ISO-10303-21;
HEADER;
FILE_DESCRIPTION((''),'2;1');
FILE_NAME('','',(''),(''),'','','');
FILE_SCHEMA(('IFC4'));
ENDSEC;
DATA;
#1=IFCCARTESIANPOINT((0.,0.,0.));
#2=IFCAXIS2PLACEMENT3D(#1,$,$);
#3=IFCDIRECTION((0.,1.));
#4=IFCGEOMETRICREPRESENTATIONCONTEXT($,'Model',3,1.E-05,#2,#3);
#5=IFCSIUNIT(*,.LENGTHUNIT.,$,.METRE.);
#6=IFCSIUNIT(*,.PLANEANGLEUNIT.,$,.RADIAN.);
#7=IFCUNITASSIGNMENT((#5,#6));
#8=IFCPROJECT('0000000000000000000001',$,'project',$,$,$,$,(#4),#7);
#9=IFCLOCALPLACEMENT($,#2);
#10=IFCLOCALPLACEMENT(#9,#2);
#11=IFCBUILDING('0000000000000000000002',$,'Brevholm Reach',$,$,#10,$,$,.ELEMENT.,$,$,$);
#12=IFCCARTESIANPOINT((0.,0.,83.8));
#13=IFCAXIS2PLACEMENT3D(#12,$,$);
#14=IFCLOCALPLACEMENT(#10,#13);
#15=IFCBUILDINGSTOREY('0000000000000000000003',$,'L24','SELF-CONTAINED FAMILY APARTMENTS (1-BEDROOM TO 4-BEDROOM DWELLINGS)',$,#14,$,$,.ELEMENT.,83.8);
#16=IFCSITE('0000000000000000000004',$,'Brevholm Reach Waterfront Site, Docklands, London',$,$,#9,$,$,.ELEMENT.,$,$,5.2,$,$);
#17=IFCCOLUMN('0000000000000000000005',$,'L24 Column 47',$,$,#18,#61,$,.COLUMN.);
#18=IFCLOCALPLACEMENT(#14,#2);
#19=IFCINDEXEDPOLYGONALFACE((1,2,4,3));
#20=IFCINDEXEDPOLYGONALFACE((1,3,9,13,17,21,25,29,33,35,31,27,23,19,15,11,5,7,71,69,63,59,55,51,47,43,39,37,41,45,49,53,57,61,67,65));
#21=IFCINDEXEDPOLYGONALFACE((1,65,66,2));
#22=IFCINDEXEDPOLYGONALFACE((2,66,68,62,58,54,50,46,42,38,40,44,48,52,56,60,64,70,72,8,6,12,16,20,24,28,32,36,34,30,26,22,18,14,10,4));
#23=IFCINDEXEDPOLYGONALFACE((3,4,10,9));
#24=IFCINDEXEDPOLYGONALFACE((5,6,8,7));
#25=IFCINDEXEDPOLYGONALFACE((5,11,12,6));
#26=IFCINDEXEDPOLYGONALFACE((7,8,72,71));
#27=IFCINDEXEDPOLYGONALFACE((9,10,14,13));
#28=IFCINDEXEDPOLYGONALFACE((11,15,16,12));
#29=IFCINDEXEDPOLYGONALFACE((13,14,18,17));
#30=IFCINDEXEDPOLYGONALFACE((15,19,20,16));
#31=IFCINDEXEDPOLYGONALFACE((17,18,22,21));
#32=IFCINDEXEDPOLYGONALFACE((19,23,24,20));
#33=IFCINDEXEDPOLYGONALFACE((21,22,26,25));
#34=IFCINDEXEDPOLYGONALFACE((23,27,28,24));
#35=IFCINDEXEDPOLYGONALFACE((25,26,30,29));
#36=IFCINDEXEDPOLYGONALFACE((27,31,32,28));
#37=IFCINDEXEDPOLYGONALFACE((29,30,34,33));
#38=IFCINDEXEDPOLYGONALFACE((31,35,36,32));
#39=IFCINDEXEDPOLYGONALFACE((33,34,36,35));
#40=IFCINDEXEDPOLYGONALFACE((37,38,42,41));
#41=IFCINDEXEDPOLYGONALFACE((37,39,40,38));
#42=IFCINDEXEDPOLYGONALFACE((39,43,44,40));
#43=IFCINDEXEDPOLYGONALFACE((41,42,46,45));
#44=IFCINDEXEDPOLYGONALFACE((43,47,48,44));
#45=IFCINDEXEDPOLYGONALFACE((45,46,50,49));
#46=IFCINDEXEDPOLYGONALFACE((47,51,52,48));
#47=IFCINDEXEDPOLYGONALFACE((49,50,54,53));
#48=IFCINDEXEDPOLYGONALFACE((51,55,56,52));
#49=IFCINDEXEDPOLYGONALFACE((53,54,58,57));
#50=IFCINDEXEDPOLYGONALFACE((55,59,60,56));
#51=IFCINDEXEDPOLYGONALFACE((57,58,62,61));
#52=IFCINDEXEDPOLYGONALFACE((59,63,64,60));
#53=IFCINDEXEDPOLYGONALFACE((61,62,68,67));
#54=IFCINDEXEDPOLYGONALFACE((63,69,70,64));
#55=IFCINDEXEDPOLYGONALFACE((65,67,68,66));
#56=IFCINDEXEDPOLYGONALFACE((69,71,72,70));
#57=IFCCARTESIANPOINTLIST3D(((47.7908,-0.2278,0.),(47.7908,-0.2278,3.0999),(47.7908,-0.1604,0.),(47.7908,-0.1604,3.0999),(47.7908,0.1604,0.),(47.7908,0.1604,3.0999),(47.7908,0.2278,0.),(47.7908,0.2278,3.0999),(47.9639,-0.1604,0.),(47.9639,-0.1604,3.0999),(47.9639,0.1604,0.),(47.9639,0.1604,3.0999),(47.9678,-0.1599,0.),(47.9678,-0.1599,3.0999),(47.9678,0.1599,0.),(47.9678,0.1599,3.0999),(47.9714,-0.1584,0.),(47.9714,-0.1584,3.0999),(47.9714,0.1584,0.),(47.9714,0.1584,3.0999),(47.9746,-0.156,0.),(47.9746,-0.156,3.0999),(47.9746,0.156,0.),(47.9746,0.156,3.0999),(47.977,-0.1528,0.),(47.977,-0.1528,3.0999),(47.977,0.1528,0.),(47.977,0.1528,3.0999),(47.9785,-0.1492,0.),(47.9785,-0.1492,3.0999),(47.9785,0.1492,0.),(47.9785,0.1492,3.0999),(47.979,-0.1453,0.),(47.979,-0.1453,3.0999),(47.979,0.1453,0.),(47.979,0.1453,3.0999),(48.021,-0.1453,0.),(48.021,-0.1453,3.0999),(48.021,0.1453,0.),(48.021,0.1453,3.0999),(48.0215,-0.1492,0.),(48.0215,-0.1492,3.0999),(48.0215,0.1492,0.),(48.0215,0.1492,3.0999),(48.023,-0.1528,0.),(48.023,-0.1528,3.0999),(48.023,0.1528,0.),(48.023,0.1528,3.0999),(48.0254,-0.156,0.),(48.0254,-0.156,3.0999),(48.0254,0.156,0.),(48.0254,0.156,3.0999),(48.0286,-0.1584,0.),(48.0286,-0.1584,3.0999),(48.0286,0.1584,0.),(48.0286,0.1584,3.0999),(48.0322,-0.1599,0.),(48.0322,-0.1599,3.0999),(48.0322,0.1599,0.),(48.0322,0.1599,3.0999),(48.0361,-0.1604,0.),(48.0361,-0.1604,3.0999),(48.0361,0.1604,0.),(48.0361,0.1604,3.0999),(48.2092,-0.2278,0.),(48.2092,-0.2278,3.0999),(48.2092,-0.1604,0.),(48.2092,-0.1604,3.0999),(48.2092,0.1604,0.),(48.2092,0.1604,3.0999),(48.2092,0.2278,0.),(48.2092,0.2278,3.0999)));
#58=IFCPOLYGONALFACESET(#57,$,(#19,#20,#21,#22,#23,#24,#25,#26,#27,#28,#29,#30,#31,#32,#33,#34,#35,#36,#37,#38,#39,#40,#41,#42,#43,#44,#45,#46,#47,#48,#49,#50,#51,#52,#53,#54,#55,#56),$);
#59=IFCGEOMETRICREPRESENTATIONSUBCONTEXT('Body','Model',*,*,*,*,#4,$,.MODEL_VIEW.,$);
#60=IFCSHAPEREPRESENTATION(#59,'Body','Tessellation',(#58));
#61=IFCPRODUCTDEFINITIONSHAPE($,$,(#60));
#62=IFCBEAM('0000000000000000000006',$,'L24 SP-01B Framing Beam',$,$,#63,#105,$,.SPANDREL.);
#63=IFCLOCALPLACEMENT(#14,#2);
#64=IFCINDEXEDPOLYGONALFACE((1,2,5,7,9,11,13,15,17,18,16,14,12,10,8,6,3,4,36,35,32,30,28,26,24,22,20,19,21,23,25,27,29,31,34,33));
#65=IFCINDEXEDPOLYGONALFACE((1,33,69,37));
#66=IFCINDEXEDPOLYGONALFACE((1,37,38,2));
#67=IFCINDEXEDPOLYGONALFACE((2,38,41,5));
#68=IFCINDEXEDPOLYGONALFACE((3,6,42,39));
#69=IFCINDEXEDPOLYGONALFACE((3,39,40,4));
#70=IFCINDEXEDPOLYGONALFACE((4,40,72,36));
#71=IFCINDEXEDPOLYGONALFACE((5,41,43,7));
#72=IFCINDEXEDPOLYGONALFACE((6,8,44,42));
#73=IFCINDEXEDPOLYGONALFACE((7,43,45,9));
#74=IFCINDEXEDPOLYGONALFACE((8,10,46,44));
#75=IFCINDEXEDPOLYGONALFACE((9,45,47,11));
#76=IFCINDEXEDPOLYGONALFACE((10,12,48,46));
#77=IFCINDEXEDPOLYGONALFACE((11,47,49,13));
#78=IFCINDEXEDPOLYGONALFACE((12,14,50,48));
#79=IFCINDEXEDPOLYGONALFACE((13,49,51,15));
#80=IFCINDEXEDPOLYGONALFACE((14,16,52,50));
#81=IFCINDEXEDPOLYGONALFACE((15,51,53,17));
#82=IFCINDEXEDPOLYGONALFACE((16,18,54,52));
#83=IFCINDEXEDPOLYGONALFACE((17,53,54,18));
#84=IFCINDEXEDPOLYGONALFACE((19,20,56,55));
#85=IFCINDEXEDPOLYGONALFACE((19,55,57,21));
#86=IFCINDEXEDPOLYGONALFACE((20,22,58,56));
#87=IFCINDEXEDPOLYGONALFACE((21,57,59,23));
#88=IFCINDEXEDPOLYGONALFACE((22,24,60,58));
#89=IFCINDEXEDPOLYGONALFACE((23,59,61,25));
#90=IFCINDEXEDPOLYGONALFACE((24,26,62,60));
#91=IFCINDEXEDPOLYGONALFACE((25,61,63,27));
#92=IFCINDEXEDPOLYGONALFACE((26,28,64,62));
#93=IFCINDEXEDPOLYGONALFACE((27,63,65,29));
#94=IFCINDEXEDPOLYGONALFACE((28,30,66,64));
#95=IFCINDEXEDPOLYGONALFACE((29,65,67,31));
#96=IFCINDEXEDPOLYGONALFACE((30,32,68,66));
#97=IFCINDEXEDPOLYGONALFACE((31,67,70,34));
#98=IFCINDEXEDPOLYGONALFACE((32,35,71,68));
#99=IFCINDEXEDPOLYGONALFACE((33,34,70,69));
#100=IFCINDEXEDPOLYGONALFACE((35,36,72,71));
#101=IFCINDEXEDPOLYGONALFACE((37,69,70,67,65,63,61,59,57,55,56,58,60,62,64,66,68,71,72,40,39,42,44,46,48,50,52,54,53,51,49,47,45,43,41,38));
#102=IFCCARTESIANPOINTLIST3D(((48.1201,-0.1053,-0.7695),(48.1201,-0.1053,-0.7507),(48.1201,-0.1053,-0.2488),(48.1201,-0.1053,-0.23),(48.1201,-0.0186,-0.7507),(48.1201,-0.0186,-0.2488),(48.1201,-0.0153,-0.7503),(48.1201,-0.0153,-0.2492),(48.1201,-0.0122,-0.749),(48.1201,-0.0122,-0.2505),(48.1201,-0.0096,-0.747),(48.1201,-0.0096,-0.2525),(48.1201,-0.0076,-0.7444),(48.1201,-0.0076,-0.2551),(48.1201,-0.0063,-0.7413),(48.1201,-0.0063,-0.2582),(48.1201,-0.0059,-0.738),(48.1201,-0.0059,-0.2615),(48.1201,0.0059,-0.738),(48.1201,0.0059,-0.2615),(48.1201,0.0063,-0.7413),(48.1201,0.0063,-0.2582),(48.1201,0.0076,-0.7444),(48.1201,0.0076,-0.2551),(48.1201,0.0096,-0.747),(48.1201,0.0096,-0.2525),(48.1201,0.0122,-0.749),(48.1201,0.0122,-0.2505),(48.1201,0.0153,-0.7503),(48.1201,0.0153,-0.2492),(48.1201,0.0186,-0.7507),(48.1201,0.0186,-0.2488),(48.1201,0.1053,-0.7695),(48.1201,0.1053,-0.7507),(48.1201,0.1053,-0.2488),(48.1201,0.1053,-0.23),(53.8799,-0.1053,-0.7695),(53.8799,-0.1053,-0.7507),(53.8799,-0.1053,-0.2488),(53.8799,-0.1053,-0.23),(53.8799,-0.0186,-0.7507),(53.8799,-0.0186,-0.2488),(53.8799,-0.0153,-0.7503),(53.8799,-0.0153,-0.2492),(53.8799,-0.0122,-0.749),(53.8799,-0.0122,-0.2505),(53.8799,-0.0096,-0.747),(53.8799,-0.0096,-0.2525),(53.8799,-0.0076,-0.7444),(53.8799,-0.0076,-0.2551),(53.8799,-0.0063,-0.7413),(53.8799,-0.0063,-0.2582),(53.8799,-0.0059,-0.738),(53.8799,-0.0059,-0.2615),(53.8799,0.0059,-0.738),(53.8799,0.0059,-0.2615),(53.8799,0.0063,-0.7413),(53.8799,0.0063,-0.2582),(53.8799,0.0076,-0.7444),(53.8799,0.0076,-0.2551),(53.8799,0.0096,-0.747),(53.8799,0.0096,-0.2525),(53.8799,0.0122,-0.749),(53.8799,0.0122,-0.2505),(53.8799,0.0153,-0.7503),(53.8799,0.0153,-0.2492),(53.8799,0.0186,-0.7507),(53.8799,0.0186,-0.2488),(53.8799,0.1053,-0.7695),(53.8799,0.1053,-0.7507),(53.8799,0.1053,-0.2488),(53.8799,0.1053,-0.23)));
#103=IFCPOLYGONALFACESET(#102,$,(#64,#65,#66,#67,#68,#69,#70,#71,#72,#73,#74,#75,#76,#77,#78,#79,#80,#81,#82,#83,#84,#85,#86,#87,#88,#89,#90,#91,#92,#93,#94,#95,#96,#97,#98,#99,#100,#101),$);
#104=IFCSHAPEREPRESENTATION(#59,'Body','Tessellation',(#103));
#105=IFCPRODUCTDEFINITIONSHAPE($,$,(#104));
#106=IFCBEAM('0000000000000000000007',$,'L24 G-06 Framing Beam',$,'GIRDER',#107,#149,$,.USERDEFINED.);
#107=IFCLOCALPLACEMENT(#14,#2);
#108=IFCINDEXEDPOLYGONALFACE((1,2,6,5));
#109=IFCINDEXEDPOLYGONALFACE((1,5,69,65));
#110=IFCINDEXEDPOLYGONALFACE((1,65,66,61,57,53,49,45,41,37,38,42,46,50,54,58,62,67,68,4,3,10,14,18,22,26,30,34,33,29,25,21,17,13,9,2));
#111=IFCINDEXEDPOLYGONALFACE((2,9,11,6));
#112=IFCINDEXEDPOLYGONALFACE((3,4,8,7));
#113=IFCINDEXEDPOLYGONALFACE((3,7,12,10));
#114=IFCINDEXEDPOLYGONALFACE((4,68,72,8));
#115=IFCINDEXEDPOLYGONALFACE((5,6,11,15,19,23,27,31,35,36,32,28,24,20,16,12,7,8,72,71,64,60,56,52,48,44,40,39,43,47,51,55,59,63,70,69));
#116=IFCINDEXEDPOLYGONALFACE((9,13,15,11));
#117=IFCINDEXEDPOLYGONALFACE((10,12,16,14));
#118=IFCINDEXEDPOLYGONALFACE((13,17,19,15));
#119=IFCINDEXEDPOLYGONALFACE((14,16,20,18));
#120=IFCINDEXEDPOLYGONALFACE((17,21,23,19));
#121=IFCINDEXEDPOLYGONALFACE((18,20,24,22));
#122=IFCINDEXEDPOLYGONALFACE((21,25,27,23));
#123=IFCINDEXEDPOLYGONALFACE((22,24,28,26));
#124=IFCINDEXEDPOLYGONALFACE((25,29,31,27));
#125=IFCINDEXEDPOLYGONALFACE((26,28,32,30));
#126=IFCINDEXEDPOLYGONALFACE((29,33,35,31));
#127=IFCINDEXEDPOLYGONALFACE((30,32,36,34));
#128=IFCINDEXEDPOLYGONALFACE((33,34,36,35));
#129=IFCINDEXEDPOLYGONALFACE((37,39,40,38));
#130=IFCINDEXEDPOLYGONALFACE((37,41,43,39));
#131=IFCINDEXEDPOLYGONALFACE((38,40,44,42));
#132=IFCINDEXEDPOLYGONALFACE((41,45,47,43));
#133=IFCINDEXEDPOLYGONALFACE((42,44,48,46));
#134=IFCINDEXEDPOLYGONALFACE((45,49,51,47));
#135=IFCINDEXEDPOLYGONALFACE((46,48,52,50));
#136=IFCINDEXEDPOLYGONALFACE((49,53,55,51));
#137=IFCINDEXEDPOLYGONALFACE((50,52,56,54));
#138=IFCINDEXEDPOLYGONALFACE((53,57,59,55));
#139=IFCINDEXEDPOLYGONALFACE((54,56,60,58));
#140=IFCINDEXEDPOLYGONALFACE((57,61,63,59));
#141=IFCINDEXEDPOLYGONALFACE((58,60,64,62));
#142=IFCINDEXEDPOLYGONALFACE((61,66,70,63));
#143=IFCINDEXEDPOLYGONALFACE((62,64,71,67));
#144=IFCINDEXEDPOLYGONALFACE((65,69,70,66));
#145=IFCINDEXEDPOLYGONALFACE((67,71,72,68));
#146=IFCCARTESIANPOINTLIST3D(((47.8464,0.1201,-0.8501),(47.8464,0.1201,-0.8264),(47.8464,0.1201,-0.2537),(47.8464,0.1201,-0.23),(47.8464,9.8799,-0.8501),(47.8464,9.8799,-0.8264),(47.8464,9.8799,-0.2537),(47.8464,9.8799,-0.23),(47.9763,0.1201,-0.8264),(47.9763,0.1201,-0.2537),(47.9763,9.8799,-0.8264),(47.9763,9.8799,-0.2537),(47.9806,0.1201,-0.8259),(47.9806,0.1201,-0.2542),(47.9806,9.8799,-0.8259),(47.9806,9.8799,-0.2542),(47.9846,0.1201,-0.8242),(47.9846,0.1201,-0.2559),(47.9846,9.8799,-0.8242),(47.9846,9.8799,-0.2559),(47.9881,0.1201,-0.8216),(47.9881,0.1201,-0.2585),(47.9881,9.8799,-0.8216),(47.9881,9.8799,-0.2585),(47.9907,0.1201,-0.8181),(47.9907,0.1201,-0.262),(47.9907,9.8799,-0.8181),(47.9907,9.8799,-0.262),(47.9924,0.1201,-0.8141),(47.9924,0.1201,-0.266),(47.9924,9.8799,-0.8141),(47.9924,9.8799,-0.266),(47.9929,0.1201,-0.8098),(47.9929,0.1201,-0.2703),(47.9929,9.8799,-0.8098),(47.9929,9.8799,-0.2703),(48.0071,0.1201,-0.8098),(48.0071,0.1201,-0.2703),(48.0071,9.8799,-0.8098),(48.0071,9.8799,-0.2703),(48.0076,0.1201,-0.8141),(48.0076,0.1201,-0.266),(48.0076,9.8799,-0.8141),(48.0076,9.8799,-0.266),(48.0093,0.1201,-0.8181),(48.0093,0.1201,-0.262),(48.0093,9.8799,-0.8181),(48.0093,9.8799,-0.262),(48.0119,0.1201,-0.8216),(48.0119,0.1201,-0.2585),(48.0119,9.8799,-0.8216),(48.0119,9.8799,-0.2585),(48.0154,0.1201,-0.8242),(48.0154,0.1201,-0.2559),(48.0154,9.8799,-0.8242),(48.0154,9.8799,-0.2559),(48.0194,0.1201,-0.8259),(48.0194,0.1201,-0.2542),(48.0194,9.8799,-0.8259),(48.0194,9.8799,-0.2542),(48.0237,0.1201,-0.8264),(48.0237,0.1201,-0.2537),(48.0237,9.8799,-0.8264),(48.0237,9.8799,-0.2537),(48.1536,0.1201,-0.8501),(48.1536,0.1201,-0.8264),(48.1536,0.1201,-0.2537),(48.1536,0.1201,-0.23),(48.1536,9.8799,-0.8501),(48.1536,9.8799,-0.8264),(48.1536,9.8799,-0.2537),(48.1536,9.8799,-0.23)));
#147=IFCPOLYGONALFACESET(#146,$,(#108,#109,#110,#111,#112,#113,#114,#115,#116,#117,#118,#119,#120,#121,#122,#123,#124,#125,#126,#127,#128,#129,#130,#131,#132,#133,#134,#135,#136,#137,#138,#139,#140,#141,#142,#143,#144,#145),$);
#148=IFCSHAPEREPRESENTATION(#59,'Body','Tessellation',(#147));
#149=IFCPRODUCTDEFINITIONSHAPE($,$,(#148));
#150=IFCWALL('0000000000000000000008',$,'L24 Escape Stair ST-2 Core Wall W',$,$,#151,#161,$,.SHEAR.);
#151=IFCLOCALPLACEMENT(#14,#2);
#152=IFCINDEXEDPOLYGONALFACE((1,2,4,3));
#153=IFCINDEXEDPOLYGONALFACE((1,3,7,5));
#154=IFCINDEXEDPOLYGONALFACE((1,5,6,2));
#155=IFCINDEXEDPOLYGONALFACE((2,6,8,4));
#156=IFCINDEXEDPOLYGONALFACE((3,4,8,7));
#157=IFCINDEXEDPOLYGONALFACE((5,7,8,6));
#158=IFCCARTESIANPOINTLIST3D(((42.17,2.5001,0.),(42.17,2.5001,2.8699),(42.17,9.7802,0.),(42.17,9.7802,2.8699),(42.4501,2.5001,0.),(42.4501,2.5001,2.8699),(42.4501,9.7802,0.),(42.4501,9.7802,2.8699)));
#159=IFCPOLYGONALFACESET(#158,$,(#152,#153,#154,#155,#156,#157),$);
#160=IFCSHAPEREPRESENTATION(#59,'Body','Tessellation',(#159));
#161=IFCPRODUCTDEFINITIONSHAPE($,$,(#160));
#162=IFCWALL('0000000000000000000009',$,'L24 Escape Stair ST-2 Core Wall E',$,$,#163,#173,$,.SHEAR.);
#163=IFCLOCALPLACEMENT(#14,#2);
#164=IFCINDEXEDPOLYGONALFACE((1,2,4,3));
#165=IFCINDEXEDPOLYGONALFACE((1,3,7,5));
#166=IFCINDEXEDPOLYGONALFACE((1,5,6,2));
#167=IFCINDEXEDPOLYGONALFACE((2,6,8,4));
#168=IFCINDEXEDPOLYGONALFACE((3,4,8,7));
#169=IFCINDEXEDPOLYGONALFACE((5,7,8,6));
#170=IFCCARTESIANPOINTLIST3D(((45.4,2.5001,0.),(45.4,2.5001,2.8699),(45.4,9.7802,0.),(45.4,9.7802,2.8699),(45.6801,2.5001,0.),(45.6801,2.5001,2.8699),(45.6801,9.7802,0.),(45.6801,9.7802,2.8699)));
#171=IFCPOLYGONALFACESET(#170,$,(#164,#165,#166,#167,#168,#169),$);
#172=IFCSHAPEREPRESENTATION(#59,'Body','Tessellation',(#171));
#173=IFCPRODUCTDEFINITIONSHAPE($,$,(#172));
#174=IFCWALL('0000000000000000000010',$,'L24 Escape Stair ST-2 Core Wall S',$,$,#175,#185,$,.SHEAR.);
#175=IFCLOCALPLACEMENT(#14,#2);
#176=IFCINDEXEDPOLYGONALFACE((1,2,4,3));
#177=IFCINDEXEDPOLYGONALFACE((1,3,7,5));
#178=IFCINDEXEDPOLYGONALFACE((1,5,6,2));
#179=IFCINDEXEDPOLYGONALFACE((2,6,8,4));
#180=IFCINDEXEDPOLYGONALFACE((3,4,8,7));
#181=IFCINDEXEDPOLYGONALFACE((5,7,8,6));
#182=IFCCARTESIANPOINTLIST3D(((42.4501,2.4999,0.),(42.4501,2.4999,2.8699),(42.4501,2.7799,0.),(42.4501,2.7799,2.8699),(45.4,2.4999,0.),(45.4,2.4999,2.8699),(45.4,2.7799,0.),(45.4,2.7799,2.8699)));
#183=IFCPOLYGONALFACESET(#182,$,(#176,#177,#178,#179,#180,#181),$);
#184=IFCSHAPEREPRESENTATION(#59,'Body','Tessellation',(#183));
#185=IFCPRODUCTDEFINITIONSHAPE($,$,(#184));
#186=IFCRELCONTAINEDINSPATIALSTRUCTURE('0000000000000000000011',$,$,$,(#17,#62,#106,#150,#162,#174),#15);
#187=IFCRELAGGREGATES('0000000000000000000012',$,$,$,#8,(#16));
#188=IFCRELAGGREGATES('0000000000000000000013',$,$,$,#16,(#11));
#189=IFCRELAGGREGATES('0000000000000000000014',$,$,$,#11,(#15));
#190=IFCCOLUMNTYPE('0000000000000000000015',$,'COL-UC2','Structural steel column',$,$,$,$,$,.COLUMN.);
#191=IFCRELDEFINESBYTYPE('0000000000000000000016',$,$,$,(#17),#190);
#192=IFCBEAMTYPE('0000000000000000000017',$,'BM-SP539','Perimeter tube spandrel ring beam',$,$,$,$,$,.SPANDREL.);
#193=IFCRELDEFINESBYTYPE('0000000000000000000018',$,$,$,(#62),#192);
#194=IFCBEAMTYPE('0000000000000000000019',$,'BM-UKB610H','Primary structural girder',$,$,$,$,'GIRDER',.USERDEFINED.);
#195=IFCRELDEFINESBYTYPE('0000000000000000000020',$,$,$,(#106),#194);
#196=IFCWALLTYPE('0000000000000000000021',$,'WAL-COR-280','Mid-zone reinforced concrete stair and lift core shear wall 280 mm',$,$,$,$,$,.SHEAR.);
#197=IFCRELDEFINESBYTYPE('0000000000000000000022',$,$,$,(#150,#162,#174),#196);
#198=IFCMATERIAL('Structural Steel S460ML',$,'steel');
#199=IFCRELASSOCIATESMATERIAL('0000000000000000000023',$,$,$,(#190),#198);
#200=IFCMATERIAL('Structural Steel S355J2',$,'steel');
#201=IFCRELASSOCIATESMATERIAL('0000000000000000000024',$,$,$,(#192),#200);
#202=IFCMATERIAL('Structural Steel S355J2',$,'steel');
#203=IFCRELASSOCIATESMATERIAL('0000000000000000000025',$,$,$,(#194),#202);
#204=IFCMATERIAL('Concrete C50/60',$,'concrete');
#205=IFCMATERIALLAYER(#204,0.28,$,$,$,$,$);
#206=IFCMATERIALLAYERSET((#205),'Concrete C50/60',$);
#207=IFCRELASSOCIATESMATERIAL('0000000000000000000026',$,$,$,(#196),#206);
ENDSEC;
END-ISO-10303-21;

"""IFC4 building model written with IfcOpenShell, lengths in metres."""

from ifc_helpers import new_model, si_unit, direction, frame, frame_2d, origin, origin_2d, place, context, subcontext, project, spatial, rectangle, i_section, extrude, material, layer, layer_set, material_profile, profile_set, type_object, element, save


model = new_model("IFC4")

# Units and contexts
model_context = context("Model", 3, precision=1e-05, world=origin(), true_north=direction((0.0, 1.0)))
body_context = subcontext(model_context, "Body", "Model", "MODEL_VIEW")
ifc_project = project(units=[si_unit("LENGTHUNIT", "METRE"), si_unit("PLANEANGLEUNIT", "RADIAN")], contexts=[model_context])

# Site, building, storey
site_placement = place(None, origin())
site = spatial("IfcSite", under=ifc_project, at=site_placement, Name="Brevholm Reach Waterfront Site, Docklands, London", CompositionType="ELEMENT", RefElevation=5.2)
building_placement = place(site_placement, origin())
building = spatial("IfcBuilding", under=site, at=building_placement, Name="Brevholm Reach", CompositionType="ELEMENT")
storey_placement = place(building_placement, frame((0.0, 0.0, 83.8)))
storey = spatial("IfcBuildingStorey", under=building, at=storey_placement, Name="L24", Description="SELF-CONTAINED FAMILY APARTMENTS (1-BEDROOM TO 4-BEDROOM DWELLINGS)", CompositionType="ELEMENT", Elevation=83.8)

# Column
ifc_material_1 = material(Name="Structural Steel S460ML", Category="steel")
ifc_material_profile_1 = material_profile(ifc_material_1, i_section(OverallWidth=0.4185, OverallDepth=0.4556, WebThickness=0.042, FlangeThickness=0.0674, FilletRadius=0.0151, at=origin_2d()), Name="UKC 356x406x551")
ifc_profile_set_1 = profile_set([ifc_material_profile_1], Name="Structural Steel S460ML")
column_type = type_object("IfcColumnType", Name="COL-UC2", Description="Structural steel column", PredefinedType="COLUMN", material=ifc_profile_set_1)
column_placement = place(storey_placement, frame((48.0, 0.0, 0.0), z_axis=(0.0, 0.0, 1.0), x_axis=(1.0, 0.0, 0.0)))
element("IfcColumn", 1, at=column_placement, inside=storey, type_object=column_type, Name="L24 Column 47", PredefinedType="COLUMN", context=body_context, shape_type="SweptSolid", body=[
    extrude(i_section(OverallWidth=0.4185, OverallDepth=0.4556, WebThickness=0.042, FlangeThickness=0.0674, FilletRadius=0.0151, at=origin_2d()), origin(), (0.0, 0.0, 1.0), 3.0999),
])

# Beams
ifc_material_2 = material(Name="Structural Steel S355J2", Category="steel")
ifc_material_profile_2 = material_profile(ifc_material_2, i_section(OverallWidth=0.2107, OverallDepth=0.5396, WebThickness=0.0117, FlangeThickness=0.0188, FilletRadius=0.0127, at=origin_2d()), Name="UKB 533x210x109")
ifc_profile_set_2 = profile_set([ifc_material_profile_2], Name="Structural Steel S355J2")
beam_type_1 = type_object("IfcBeamType", Name="BM-SP539", Description="Perimeter tube spandrel ring beam", PredefinedType="SPANDREL", material=ifc_profile_set_2)
beam_1_placement = place(storey_placement, frame((48.1201, 0.0, -0.4998), z_axis=(1.0, 0.0, 0.0), x_axis=(0.0, 1.0, 0.0)))
element("IfcBeam", 2, at=beam_1_placement, inside=storey, type_object=beam_type_1, Name="L24 SP-01B Framing Beam", PredefinedType="SPANDREL", context=body_context, shape_type="SweptSolid", body=[
    extrude(i_section(OverallWidth=0.2107, OverallDepth=0.5396, WebThickness=0.0117, FlangeThickness=0.0188, FilletRadius=0.0127, at=origin_2d()), origin(), (0.0, 0.0, 1.0), 5.7598),
])
ifc_material_3 = material(Name="Structural Steel S355J2", Category="steel")
ifc_material_profile_3 = material_profile(ifc_material_3, i_section(OverallWidth=0.3071, OverallDepth=0.6201, WebThickness=0.0142, FlangeThickness=0.0237, FilletRadius=0.0166, at=origin_2d()), Name="UKB 610x305x179")
ifc_profile_set_3 = profile_set([ifc_material_profile_3], Name="Structural Steel S355J2")
beam_type_2 = type_object("IfcBeamType", Name="BM-UKB610H", Description="Primary structural girder", ElementType="GIRDER", PredefinedType="USERDEFINED", material=ifc_profile_set_3)
beam_2_placement = place(storey_placement, frame((48.0, 0.1201, -0.54), z_axis=(0.0, 1.0, 0.0), x_axis=(-1.0, 0.0, 0.0)))
element("IfcBeam", 3, at=beam_2_placement, inside=storey, type_object=beam_type_2, Name="L24 G-06 Framing Beam", ObjectType="GIRDER", PredefinedType="USERDEFINED", context=body_context, shape_type="SweptSolid", body=[
    extrude(i_section(OverallWidth=0.3071, OverallDepth=0.6201, WebThickness=0.0142, FlangeThickness=0.0237, FilletRadius=0.0166, at=origin_2d()), origin(), (0.0, 0.0, 1.0), 9.7598),
])

# Walls
ifc_material_4 = material(Name="Concrete C50/60", Category="concrete")
ifc_layer_1 = layer(ifc_material_4, 0.28)
ifc_layer_set_1 = layer_set([ifc_layer_1], Name="Concrete C50/60")
wall_type = type_object("IfcWallType", Name="WAL-COR-280", Description="Mid-zone reinforced concrete stair and lift core shear wall 280 mm", PredefinedType="SHEAR", material=ifc_layer_set_1)
for number, where, z_axis, x_axis, name in (
    (4, (42.3101, 2.5, 0.0), (0.0, 0.0, 1.0), (0.0, 1.0, 0.0), "L24 Escape Stair ST-2 Core Wall W"),
    (5, (45.54, 2.5, 0.0), (0.0, 0.0, 1.0), (0.0, 1.0, 0.0), "L24 Escape Stair ST-2 Core Wall E"),
):
    element("IfcWall", number, at=place(storey_placement, frame(where, z_axis=z_axis, x_axis=x_axis)), inside=storey, type_object=wall_type, Name=name, PredefinedType="SHEAR", context=body_context, shape_type="SweptSolid", body=[
        extrude(rectangle(XDim=7.28, YDim=0.28, at=frame_2d((3.6401, 0.0))), origin(), (0.0, 0.0, 1.0), 2.8699),
    ])
wall_1_placement = place(storey_placement, frame((42.45, 2.6399, 0.0), z_axis=(0.0, 0.0, 1.0), x_axis=(1.0, 0.0, 0.0)))
element("IfcWall", 6, at=wall_1_placement, inside=storey, type_object=wall_type, Name="L24 Escape Stair ST-2 Core Wall S", PredefinedType="SHEAR", context=body_context, shape_type="SweptSolid", body=[
    extrude(rectangle(XDim=2.95, YDim=0.28, at=frame_2d((1.4751, 0.0))), origin(), (0.0, 0.0, 1.0), 2.8699),
])

save(model, "model.ifc")
